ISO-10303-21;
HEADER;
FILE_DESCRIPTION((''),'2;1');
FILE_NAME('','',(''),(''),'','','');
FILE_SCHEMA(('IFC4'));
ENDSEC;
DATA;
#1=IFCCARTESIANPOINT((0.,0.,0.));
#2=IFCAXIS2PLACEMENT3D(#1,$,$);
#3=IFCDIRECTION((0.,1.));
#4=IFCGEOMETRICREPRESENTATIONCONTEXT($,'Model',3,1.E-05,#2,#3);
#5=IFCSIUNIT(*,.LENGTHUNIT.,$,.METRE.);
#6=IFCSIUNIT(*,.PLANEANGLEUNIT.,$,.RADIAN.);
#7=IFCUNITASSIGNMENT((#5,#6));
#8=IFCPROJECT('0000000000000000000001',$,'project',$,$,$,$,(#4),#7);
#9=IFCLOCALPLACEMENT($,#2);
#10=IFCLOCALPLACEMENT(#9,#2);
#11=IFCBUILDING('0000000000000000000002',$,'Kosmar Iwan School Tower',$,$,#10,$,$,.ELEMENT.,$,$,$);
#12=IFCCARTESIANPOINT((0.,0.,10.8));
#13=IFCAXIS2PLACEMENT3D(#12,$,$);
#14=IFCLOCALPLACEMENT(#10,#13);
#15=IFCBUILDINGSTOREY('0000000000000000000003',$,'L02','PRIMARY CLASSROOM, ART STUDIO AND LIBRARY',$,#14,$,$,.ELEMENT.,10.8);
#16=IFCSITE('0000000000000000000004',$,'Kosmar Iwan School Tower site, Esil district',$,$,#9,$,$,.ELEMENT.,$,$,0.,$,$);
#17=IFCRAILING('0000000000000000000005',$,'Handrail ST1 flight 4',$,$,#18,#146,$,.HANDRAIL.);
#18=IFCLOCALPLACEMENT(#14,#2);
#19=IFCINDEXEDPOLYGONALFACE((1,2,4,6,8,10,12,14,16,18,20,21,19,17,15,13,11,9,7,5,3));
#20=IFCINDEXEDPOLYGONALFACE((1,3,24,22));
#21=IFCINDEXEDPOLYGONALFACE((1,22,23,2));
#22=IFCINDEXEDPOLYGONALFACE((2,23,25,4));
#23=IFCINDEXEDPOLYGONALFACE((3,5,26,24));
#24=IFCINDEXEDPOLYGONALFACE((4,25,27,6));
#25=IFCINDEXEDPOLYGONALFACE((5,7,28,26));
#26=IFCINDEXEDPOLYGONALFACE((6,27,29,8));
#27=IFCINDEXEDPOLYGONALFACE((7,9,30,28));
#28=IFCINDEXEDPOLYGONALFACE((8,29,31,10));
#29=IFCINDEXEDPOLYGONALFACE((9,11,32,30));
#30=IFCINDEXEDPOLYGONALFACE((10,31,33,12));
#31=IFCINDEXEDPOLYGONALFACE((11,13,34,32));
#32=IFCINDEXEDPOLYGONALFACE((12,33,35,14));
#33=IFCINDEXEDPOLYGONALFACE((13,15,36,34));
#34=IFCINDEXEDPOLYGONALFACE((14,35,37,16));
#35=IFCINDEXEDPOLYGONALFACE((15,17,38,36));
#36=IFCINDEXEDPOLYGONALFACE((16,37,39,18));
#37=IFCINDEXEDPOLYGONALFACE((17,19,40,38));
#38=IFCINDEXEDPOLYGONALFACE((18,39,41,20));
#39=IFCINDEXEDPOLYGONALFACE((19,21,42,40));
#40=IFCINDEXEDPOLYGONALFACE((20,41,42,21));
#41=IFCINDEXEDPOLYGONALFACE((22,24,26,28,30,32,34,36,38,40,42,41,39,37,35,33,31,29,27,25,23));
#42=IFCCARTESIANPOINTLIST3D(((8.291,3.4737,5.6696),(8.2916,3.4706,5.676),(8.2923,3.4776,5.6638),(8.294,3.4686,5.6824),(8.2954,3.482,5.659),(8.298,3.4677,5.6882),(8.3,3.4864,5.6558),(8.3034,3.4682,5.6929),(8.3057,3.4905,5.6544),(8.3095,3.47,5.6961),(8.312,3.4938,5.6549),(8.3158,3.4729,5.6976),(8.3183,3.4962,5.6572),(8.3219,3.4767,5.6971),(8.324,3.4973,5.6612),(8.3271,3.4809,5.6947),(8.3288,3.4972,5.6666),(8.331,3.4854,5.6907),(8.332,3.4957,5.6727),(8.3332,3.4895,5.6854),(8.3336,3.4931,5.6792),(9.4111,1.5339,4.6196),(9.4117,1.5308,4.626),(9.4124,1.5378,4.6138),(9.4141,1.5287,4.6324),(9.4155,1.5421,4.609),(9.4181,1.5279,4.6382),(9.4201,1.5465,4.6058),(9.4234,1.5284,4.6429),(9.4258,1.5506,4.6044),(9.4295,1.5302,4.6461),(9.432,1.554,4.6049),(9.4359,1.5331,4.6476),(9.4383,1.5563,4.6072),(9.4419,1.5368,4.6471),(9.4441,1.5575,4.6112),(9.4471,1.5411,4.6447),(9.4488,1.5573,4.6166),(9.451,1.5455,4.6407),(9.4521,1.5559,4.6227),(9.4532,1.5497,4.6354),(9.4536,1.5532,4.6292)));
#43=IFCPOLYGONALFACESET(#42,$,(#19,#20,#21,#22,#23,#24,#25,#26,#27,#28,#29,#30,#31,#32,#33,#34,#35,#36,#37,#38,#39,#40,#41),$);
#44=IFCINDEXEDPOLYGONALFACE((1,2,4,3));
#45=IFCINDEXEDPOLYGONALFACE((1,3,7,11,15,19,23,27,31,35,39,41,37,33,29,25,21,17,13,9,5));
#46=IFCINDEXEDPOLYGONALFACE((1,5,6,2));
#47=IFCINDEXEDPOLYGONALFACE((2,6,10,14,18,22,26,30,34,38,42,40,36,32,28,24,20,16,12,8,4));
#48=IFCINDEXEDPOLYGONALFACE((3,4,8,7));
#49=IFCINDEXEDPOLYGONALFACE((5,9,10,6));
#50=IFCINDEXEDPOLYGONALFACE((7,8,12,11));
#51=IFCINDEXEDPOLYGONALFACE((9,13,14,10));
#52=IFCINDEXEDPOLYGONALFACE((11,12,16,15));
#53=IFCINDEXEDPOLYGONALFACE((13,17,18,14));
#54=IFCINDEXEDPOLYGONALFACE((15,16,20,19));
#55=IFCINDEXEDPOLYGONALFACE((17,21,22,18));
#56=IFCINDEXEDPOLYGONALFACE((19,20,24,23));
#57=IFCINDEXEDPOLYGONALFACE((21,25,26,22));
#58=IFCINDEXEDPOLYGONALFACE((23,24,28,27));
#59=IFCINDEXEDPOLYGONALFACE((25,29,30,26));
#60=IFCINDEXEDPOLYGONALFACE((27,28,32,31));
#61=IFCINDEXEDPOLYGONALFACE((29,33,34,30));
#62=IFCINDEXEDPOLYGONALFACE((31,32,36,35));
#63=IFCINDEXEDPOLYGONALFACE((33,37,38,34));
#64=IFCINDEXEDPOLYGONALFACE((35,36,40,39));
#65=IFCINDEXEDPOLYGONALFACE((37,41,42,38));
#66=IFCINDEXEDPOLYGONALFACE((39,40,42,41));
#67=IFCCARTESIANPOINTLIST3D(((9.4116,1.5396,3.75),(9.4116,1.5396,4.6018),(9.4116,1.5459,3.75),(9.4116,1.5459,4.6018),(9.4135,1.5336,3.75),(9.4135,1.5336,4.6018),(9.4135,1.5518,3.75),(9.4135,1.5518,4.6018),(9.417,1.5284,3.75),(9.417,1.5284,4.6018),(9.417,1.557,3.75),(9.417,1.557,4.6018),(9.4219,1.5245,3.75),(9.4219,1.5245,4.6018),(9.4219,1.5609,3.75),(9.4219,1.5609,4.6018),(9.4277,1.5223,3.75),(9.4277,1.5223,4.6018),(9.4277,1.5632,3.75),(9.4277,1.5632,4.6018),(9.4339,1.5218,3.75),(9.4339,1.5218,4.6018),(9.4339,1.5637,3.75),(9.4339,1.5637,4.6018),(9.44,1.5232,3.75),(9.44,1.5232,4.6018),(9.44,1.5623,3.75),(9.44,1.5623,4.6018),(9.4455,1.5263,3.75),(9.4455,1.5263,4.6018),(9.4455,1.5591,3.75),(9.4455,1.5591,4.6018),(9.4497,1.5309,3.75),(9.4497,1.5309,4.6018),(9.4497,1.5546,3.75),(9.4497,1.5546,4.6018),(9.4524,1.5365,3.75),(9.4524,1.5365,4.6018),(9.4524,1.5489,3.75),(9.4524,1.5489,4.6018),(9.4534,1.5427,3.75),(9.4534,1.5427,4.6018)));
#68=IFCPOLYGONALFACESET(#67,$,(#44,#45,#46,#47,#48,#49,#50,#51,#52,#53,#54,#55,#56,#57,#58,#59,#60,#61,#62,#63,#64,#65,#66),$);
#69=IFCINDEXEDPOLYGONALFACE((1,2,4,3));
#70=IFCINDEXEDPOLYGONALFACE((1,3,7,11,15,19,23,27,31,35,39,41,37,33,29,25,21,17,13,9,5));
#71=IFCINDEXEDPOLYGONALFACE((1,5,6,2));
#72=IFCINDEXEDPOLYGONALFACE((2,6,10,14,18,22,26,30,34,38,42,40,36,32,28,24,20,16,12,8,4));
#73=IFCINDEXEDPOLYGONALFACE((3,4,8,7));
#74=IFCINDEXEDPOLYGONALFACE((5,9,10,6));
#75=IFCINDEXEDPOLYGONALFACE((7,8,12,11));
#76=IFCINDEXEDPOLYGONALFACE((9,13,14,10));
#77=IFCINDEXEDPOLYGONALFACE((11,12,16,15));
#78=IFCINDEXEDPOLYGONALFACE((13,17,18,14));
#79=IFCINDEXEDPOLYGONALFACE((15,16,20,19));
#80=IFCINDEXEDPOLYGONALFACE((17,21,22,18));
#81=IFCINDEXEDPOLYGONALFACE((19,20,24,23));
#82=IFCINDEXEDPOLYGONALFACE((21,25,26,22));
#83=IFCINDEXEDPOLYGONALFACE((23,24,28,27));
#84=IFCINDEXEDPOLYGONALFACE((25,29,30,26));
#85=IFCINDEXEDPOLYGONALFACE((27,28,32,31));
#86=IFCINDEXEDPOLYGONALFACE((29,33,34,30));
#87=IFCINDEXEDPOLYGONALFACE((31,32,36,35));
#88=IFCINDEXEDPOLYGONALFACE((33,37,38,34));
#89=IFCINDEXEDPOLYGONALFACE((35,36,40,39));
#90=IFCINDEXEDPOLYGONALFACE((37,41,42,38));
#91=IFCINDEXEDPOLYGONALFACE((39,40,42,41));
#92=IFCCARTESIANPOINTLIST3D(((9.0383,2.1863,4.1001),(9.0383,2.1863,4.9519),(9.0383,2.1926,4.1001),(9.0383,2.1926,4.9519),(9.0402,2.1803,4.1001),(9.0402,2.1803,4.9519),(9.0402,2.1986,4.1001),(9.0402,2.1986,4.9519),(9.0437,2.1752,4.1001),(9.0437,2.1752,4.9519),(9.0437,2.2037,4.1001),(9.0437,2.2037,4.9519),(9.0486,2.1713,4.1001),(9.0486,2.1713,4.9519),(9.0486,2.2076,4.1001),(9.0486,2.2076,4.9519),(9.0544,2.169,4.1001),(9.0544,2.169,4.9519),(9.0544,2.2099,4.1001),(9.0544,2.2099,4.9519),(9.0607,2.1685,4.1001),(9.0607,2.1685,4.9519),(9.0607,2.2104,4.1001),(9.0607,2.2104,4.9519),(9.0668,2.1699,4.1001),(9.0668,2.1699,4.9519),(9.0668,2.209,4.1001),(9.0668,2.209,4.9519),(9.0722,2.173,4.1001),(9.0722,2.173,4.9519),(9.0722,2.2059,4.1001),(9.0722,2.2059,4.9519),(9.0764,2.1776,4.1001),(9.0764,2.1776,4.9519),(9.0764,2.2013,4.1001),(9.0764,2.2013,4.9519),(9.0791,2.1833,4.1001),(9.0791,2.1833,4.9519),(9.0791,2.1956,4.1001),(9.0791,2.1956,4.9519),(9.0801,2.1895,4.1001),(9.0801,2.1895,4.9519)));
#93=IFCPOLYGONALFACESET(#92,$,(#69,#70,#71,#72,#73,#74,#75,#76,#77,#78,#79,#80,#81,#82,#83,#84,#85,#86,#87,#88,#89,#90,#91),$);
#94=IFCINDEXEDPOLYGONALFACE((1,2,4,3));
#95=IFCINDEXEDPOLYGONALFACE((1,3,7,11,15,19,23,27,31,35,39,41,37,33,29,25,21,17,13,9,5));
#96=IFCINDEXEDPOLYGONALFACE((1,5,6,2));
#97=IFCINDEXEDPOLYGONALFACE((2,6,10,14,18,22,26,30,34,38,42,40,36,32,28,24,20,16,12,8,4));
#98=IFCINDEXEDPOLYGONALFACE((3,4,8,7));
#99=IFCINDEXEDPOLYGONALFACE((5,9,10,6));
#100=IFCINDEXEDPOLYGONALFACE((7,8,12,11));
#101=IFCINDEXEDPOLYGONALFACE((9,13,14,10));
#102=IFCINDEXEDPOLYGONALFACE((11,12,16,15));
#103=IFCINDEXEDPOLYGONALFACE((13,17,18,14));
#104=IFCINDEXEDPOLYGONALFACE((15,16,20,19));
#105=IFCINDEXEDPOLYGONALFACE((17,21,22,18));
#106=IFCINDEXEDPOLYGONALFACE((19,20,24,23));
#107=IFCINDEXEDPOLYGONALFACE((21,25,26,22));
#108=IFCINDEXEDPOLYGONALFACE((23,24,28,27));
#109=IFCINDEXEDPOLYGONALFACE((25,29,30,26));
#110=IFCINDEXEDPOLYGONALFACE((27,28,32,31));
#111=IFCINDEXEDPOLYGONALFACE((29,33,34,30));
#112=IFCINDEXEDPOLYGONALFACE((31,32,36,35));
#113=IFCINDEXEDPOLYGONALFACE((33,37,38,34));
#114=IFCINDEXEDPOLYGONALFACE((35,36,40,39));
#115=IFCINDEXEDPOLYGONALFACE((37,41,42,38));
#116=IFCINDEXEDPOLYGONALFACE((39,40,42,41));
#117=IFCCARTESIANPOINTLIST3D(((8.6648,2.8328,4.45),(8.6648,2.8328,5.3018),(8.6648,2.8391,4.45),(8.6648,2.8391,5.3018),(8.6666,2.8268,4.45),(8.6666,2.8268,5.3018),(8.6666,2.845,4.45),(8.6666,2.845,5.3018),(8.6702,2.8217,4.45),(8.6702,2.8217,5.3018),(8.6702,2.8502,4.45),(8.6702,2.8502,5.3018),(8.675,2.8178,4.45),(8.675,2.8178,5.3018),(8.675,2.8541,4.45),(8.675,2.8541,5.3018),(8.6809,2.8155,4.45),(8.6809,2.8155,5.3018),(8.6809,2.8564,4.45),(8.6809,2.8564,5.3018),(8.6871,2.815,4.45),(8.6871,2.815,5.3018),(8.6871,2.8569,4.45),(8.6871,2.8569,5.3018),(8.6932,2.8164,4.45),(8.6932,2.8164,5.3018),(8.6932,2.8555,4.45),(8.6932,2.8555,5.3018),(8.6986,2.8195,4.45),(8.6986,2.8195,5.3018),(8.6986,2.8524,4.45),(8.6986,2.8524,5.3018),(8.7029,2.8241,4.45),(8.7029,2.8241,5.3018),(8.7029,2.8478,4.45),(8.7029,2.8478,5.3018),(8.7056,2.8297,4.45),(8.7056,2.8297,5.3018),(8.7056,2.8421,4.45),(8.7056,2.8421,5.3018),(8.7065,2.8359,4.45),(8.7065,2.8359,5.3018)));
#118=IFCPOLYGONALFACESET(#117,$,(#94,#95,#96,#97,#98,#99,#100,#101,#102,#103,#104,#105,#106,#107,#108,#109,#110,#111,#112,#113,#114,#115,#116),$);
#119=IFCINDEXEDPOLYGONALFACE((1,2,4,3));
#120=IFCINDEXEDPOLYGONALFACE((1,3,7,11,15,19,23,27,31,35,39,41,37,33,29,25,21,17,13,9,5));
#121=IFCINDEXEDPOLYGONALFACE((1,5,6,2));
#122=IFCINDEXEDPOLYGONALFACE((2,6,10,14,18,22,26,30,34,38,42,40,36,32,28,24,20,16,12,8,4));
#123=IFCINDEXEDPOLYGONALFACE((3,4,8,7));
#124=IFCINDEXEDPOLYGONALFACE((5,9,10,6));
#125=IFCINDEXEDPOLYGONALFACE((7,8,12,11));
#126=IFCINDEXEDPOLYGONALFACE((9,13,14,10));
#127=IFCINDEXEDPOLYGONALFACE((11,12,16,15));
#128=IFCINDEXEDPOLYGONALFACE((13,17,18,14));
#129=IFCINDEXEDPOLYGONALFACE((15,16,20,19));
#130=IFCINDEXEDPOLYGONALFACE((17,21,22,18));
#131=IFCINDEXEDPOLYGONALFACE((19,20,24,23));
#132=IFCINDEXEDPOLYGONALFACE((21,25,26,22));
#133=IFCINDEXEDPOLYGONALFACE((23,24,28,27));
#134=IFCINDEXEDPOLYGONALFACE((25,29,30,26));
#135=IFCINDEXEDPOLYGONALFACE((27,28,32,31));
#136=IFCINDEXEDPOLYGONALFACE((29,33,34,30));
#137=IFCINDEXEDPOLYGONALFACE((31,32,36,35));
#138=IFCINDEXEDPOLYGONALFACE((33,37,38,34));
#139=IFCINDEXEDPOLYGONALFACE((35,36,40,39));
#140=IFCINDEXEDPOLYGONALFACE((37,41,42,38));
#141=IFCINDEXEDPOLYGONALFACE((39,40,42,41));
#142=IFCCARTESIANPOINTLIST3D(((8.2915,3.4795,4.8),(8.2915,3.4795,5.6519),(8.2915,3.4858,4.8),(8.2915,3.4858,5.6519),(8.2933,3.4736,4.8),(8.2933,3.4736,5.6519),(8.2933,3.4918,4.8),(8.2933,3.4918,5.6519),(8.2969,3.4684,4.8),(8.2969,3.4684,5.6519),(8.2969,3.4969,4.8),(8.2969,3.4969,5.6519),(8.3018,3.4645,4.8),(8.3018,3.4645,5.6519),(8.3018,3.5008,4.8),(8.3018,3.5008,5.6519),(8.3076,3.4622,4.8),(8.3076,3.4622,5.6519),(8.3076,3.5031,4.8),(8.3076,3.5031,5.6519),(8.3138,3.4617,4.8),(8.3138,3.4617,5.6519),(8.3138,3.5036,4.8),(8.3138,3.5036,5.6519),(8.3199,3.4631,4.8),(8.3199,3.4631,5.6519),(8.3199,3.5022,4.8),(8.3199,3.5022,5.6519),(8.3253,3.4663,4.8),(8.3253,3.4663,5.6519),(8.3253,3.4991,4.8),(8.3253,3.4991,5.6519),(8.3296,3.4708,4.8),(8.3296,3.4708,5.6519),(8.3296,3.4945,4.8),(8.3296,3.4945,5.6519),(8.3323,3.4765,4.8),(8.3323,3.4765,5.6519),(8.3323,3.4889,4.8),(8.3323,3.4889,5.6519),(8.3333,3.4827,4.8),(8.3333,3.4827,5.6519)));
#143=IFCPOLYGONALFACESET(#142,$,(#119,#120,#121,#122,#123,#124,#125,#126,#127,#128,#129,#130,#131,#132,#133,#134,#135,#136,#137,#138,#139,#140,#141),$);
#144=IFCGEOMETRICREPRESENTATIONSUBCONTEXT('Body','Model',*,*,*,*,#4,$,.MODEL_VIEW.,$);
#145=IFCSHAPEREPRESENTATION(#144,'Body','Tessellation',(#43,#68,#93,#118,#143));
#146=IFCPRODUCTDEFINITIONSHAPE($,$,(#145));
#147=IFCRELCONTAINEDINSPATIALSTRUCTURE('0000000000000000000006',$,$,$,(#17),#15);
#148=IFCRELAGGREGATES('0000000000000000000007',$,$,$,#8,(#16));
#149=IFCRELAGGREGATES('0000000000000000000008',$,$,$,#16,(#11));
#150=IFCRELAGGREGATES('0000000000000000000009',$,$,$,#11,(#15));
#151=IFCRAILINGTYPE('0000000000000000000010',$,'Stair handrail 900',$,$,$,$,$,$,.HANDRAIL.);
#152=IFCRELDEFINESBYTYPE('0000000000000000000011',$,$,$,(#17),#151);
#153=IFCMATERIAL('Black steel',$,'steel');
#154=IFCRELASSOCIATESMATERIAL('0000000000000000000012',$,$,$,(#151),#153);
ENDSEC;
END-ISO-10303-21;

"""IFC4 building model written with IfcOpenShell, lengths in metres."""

from ifc_helpers import new_model, si_unit, direction, frame, origin, origin_2d, place, context, subcontext, project, spatial, circle, extrude, material, type_object, element, save


model = new_model("IFC4")

# Units and contexts
model_context = context("Model", 3, precision=1e-05, world=origin(), true_north=direction((0.0, 1.0)))
body_context = subcontext(model_context, "Body", "Model", "MODEL_VIEW")
ifc_project = project(units=[si_unit("LENGTHUNIT", "METRE"), si_unit("PLANEANGLEUNIT", "RADIAN")], contexts=[model_context])

# Site, building, storey
site_placement = place(None, origin())
site = spatial("IfcSite", under=ifc_project, at=site_placement, Name="Kosmar Iwan School Tower site, Esil district", CompositionType="ELEMENT", RefElevation=0.0)
building_placement = place(site_placement, origin())
building = spatial("IfcBuilding", under=site, at=building_placement, Name="Kosmar Iwan School Tower", CompositionType="ELEMENT")
storey_placement = place(building_placement, frame((0.0, 0.0, 10.8)))
storey = spatial("IfcBuildingStorey", under=building, at=storey_placement, Name="L02", Description="PRIMARY CLASSROOM, ART STUDIO AND LIBRARY", CompositionType="ELEMENT", Elevation=10.8)

# Railing
ifc_material_1 = material(Name="Black steel", Category="steel")
railing_type = type_object("IfcRailingType", Name="Stair handrail 900", PredefinedType="HANDRAIL", material=ifc_material_1)
railing_1_placement = place(storey_placement, frame((9.4324, 1.5427, 3.75)))
element("IfcRailing", 1, at=railing_1_placement, inside=storey, type_object=railing_type, Name="Handrail ST1 flight 4", PredefinedType="HANDRAIL", context=body_context, shape_type="SweptSolid", body=[
    extrude(circle(Radius=0.0239, at=origin_2d()), frame((0.0, 0.0, 0.876), z_axis=(-0.452757, 0.784134, 0.424435), x_axis=(-0.866008, -0.500031, 0.0)), (0.0, 0.0, 1.0), 2.4739),
    extrude(circle(Radius=0.021, at=origin_2d()), origin(), (0.0, 0.0, 1.0), 0.8518),
    extrude(circle(Radius=0.021, at=origin_2d()), frame((-0.3733, 0.6467, 0.3501)), (0.0, 0.0, 1.0), 0.8518),
    extrude(circle(Radius=0.021, at=origin_2d()), frame((-0.7468, 1.2932, 0.7)), (0.0, 0.0, 1.0), 0.8518),
    extrude(circle(Radius=0.021, at=origin_2d()), frame((-1.1201, 1.9399, 1.05)), (0.0, 0.0, 1.0), 0.8518),
])

save(model, "model.ifc")
